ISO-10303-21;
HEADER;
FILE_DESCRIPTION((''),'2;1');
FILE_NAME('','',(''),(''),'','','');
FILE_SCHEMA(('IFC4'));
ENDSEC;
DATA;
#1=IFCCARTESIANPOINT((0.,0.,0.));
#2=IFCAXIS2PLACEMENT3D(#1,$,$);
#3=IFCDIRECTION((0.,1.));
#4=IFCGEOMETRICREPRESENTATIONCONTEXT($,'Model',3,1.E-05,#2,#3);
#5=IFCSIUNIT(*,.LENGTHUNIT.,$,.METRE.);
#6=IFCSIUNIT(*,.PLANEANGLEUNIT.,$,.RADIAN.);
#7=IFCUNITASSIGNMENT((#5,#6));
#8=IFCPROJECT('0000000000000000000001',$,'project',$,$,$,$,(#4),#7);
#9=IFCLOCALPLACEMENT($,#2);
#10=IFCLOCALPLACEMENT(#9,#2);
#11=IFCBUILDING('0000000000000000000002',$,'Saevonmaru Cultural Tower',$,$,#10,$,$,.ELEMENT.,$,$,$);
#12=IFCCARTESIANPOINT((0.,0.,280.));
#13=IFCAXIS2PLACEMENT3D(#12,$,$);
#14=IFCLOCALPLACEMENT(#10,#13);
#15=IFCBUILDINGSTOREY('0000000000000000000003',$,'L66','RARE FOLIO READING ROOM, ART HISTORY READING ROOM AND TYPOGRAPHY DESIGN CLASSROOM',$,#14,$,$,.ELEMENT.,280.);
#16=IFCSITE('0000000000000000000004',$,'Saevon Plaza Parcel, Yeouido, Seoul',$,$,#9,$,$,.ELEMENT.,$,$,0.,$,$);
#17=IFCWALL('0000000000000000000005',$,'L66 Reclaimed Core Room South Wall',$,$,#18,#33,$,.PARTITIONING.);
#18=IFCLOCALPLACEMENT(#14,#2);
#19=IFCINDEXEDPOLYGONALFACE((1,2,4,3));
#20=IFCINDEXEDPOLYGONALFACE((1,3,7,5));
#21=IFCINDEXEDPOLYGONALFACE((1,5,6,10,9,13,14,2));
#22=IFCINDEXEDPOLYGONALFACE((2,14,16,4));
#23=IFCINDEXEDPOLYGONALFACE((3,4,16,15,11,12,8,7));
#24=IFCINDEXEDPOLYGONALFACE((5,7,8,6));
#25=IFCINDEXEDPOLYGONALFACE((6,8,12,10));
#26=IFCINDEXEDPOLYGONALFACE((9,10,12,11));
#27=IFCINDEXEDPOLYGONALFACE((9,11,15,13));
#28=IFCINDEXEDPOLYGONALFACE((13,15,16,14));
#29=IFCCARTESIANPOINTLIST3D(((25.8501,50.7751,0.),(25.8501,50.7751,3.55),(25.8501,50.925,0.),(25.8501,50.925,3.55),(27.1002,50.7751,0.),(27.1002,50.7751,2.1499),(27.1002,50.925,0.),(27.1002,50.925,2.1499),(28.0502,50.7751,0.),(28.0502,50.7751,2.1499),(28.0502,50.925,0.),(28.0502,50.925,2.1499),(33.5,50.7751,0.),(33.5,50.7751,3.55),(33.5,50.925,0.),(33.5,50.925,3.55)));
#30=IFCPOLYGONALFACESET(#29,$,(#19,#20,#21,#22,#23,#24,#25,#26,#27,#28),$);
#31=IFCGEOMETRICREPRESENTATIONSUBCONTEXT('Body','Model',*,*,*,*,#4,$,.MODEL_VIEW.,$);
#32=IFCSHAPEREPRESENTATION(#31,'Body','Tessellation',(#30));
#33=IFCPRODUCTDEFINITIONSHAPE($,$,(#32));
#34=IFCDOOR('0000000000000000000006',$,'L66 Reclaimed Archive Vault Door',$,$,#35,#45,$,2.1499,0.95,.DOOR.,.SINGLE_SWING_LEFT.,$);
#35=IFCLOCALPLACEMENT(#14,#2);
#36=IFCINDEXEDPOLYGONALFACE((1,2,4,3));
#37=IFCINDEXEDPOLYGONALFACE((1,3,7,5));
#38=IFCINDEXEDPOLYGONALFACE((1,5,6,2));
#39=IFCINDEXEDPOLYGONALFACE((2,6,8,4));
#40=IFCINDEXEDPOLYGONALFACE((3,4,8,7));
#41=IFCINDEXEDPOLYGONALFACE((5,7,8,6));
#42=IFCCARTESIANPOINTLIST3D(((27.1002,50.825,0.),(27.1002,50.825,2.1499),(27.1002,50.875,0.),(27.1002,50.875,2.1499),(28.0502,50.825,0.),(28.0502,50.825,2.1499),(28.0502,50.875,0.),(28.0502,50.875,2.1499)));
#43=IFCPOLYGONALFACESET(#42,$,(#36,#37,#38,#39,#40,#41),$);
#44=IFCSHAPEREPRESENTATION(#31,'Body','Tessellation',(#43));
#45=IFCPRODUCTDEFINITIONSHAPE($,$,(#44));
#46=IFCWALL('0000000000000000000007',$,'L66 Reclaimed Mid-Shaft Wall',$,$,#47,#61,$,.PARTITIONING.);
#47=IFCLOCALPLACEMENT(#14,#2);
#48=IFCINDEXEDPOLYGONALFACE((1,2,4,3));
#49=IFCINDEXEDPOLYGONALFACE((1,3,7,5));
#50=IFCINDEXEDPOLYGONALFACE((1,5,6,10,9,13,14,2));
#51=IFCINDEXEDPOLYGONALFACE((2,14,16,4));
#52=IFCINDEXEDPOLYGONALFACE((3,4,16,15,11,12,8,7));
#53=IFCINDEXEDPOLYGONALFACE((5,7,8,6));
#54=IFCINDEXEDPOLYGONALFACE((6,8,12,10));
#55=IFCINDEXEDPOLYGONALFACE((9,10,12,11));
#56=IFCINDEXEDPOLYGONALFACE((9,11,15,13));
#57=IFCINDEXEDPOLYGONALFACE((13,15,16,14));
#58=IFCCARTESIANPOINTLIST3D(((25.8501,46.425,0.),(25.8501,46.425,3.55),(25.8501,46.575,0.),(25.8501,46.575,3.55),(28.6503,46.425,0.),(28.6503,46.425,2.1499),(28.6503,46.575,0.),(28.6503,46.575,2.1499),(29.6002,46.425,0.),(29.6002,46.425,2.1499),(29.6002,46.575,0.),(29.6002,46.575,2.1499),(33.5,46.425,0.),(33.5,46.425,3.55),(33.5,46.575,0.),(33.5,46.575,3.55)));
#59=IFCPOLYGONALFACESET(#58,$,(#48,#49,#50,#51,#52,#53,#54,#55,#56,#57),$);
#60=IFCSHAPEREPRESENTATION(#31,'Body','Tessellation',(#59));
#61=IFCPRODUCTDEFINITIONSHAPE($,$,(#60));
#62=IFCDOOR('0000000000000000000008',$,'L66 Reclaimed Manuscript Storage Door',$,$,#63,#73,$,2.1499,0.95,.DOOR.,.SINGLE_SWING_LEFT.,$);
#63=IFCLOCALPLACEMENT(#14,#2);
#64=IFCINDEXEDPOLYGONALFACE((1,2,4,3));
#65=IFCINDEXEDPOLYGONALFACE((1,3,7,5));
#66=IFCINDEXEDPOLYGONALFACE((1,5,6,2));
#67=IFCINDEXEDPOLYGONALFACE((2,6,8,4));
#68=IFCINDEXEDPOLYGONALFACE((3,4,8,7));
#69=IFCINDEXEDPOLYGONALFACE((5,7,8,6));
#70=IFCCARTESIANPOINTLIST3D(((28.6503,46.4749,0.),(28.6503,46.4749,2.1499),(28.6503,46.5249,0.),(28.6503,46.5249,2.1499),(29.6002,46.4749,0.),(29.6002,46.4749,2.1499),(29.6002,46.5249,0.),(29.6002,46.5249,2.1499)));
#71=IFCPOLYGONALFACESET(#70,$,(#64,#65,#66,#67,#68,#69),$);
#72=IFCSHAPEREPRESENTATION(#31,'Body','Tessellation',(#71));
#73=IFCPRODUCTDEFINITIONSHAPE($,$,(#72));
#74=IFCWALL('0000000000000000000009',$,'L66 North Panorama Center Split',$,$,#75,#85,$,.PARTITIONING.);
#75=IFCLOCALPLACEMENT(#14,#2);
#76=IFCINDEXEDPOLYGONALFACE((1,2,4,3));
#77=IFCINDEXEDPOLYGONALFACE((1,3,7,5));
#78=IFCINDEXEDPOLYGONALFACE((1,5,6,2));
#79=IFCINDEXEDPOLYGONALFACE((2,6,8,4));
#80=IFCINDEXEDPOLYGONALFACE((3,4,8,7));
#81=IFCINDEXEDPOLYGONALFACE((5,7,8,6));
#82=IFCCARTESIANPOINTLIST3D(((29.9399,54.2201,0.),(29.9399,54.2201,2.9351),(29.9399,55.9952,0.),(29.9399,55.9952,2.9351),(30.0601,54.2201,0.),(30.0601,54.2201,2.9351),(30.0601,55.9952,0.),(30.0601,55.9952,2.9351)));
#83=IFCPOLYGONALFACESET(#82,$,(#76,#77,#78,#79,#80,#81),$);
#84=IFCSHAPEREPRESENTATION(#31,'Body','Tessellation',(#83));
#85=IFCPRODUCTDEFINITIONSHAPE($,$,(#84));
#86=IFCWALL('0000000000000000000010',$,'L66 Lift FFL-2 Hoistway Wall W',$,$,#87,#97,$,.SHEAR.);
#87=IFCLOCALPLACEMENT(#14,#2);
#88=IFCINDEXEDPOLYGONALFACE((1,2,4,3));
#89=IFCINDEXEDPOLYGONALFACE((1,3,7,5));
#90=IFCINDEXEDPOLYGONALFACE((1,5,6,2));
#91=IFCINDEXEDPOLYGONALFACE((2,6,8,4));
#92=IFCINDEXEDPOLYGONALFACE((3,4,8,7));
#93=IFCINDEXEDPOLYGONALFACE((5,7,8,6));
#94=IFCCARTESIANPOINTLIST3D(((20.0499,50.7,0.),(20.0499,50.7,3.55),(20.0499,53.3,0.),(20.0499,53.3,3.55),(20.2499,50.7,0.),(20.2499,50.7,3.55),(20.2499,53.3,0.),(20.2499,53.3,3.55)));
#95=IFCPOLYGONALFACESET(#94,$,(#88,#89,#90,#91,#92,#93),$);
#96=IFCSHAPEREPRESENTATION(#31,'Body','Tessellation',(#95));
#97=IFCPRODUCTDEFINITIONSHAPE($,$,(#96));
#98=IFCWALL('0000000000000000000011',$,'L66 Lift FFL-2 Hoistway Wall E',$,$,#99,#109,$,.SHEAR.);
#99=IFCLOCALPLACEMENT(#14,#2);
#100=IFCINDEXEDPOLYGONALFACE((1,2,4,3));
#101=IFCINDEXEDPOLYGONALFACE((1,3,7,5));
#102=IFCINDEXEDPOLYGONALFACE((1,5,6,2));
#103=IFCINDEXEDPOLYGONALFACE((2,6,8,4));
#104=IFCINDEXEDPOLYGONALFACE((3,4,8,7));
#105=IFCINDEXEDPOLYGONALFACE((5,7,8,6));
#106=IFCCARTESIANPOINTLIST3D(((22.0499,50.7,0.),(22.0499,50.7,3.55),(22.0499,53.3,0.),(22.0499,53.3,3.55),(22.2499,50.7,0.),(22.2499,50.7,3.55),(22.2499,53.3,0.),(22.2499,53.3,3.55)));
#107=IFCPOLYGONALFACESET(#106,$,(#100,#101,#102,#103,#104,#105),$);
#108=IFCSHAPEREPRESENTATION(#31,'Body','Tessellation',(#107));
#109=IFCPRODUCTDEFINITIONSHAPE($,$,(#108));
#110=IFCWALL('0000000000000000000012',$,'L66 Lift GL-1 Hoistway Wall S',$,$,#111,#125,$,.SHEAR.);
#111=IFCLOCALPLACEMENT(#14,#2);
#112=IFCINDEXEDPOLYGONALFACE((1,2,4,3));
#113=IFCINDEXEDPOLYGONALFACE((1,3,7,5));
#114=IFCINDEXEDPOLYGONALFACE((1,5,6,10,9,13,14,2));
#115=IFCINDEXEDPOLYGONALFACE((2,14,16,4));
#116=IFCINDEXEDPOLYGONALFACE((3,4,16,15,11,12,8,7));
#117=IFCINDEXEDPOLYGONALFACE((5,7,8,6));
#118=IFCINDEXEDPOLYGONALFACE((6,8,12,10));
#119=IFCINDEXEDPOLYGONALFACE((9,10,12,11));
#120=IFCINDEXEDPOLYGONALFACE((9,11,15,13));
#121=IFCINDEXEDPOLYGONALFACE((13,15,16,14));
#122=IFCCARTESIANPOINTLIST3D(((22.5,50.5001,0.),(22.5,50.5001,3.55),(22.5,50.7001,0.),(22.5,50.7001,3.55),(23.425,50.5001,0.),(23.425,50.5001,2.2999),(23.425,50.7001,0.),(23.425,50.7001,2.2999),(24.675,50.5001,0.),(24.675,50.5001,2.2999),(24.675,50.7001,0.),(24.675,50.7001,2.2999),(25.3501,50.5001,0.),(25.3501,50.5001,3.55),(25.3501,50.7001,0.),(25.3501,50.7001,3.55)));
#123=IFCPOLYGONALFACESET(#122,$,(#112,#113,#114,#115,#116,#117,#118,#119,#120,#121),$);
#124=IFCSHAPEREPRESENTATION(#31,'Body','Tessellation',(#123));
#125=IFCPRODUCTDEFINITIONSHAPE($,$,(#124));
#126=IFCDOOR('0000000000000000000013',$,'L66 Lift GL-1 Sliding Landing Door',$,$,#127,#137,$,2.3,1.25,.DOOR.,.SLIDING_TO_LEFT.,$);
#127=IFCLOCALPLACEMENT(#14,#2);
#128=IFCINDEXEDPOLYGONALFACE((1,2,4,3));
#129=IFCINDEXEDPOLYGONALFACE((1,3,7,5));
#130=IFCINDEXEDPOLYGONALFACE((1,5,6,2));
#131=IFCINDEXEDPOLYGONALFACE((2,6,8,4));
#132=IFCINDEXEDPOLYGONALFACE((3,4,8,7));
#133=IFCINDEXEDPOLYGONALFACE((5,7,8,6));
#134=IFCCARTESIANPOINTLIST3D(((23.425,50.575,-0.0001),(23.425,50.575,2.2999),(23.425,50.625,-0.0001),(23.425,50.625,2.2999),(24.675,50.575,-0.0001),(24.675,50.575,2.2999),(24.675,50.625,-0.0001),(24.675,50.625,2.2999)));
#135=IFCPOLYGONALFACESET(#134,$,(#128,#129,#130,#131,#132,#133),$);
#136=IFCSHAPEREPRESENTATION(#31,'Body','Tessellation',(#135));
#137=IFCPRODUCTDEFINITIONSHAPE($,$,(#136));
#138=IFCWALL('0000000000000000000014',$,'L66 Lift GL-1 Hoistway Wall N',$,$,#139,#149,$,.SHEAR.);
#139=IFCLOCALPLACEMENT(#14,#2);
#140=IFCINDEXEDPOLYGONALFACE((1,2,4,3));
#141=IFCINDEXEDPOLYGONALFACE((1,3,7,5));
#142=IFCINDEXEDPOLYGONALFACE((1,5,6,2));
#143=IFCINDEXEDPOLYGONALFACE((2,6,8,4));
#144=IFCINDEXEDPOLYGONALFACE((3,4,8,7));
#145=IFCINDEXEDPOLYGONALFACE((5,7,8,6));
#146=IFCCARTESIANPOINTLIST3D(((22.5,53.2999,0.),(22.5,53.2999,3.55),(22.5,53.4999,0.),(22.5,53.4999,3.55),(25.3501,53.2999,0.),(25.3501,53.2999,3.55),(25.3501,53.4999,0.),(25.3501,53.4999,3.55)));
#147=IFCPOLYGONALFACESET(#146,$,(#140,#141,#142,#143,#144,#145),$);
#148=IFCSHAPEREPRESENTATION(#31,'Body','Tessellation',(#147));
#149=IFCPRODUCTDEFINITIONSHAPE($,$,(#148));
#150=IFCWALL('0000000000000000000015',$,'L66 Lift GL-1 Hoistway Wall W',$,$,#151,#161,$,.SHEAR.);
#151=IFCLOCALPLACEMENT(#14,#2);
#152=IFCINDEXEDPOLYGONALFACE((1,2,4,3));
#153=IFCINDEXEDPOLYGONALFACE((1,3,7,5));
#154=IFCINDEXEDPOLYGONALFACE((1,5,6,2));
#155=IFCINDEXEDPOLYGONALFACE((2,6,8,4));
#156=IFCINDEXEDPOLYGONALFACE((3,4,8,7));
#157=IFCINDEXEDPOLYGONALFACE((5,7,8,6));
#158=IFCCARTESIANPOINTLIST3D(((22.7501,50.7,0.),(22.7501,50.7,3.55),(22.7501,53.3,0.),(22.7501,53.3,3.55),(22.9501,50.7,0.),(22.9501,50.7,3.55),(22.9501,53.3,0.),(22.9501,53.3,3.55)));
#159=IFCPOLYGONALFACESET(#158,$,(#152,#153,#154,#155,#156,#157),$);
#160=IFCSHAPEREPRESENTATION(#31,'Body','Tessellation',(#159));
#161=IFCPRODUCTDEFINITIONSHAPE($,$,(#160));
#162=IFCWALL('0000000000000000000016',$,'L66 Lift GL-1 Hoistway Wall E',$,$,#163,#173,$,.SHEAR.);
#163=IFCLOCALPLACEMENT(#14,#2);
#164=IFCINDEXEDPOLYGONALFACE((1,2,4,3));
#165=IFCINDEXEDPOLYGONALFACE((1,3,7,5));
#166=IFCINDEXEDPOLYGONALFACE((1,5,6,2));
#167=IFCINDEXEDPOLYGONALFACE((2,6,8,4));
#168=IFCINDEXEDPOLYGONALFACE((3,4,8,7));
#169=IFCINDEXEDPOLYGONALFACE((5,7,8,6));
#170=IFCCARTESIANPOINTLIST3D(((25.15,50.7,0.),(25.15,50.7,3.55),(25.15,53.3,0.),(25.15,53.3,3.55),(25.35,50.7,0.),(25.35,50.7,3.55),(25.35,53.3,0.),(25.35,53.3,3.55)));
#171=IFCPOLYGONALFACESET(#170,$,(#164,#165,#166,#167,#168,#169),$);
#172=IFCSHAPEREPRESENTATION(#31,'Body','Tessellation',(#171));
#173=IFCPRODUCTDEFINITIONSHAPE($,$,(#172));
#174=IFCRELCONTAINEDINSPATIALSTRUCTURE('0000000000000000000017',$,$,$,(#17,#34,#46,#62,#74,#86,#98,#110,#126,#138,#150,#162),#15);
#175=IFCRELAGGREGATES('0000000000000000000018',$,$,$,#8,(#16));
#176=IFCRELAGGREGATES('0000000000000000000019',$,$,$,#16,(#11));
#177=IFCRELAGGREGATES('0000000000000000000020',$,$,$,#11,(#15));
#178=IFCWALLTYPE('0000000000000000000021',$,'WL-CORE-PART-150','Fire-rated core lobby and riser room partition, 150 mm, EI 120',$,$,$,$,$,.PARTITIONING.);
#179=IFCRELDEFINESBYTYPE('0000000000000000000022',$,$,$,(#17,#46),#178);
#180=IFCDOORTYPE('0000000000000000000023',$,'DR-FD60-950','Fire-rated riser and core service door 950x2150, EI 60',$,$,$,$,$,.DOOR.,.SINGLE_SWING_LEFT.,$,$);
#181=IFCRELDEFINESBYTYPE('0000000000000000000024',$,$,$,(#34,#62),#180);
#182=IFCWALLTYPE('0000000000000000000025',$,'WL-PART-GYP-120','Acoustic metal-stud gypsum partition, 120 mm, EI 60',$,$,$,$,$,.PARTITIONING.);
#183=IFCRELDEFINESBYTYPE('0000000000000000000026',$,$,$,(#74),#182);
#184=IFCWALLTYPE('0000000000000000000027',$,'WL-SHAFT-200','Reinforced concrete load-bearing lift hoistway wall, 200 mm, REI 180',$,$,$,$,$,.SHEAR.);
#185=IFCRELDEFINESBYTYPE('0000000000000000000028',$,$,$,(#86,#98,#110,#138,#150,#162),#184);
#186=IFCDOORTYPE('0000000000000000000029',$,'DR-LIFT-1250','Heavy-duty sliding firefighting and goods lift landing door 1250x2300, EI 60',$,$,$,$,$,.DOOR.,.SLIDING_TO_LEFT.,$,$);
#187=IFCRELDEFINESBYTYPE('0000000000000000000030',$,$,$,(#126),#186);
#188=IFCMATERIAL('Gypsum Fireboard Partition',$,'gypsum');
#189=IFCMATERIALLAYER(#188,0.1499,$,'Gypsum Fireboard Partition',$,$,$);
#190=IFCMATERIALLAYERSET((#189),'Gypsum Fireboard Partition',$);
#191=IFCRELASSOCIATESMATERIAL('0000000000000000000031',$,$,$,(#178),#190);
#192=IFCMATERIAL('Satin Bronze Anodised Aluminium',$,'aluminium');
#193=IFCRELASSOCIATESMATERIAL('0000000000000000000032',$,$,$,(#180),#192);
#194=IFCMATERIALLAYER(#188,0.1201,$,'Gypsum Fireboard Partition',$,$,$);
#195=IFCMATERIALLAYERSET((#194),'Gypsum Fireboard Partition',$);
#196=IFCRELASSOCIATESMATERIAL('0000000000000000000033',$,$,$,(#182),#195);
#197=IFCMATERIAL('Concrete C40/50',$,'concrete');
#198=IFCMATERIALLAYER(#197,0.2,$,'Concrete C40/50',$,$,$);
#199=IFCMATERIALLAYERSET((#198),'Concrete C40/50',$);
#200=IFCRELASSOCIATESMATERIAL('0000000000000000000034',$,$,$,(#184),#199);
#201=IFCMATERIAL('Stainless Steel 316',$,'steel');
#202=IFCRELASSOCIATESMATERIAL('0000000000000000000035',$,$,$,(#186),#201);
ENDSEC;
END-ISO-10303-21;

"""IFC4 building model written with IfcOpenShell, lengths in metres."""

from ifc_helpers import new_model, si_unit, direction, frame, frame_2d, origin, place, context, subcontext, project, spatial, rectangle, extrude, material, layer, layer_set, type_object, element, fill, save


model = new_model("IFC4")

# Units and contexts
model_context = context("Model", 3, precision=1e-05, world=origin(), true_north=direction((0.0, 1.0)))
body_context = subcontext(model_context, "Body", "Model", "MODEL_VIEW")
ifc_project = project(units=[si_unit("LENGTHUNIT", "METRE"), si_unit("PLANEANGLEUNIT", "RADIAN")], contexts=[model_context])

# Site, building, storey
site_placement = place(None, origin())
site = spatial("IfcSite", under=ifc_project, at=site_placement, Name="Saevon Plaza Parcel, Yeouido, Seoul", CompositionType="ELEMENT", RefElevation=0.0)
building_placement = place(site_placement, origin())
building = spatial("IfcBuilding", under=site, at=building_placement, Name="Saevonmaru Cultural Tower", CompositionType="ELEMENT")
storey_placement = place(building_placement, frame((0.0, 0.0, 280.0)))
storey = spatial("IfcBuildingStorey", under=building, at=storey_placement, Name="L66", Description="RARE FOLIO READING ROOM, ART HISTORY READING ROOM AND TYPOGRAPHY DESIGN CLASSROOM", CompositionType="ELEMENT", Elevation=280.0)

# Shared definitions
ifc_material_1 = material(Name="Satin Bronze Anodised Aluminium", Category="aluminium")

# Walls, openings, doors
ifc_material_2 = material(Name="Gypsum Fireboard Partition", Category="gypsum")
ifc_layer_1 = layer(ifc_material_2, 0.1499, Name="Gypsum Fireboard Partition")
ifc_layer_set_1 = layer_set([ifc_layer_1], Name="Gypsum Fireboard Partition")
wall_type_1 = type_object("IfcWallType", Name="WL-CORE-PART-150", Description="Fire-rated core lobby and riser room partition, 150 mm, EI 120", PredefinedType="PARTITIONING", material=ifc_layer_set_1)
wall_1_placement = place(storey_placement, frame((25.8501, 50.8501, 0.0), z_axis=(0.0, 0.0, 1.0), x_axis=(1.0, 0.0, 0.0)))
wall_1 = element("IfcWall", 1, at=wall_1_placement, inside=storey, type_object=wall_type_1, Name="L66 Reclaimed Core Room South Wall", PredefinedType="PARTITIONING", context=body_context, shape_type="SweptSolid", body=[
    extrude(rectangle(XDim=7.6499, YDim=0.1499, at=frame_2d((3.825, 0.0))), origin(), (0.0, 0.0, 1.0), 3.55),
])
opening_1_placement = place(wall_1_placement, frame((1.25, 0.0, 0.0)))
opening_1 = element("IfcOpeningElement", 2, at=opening_1_placement, cuts=wall_1, PredefinedType="OPENING", context=body_context, shape_type="SweptSolid", body=[
    extrude(rectangle(XDim=0.95, YDim=2.1499, at=frame_2d((0.4751, 1.075))), frame((0.0, 0.085, 0.0), z_axis=(0.0, -1.0, 0.0), x_axis=(1.0, 0.0, 0.0)), (0.0, 0.0, 1.0), 0.1699),
])
door_type_1 = type_object("IfcDoorType", Name="DR-FD60-950", Description="Fire-rated riser and core service door 950x2150, EI 60", OperationType="SINGLE_SWING_LEFT", PredefinedType="DOOR", material=ifc_material_1)
door_1_placement = place(opening_1_placement, origin())
door_1 = element("IfcDoor", 3, at=door_1_placement, inside=storey, type_object=door_type_1, Name="L66 Reclaimed Archive Vault Door", OperationType="SINGLE_SWING_LEFT", OverallHeight=2.1499, OverallWidth=0.95, PredefinedType="DOOR", context=body_context, shape_type="SweptSolid", body=[
    extrude(rectangle(XDim=0.95, YDim=2.1499, at=frame_2d((0.4751, 1.075))), frame((0.0, 0.0249, 0.0), z_axis=(0.0, -1.0, 0.0), x_axis=(1.0, 0.0, 0.0)), (0.0, 0.0, 1.0), 0.05),
])
fill(opening_1, door_1)
wall_2_placement = place(storey_placement, frame((25.8501, 46.5, 0.0), z_axis=(0.0, 0.0, 1.0), x_axis=(1.0, 0.0, 0.0)))
wall_2 = element("IfcWall", 4, at=wall_2_placement, inside=storey, type_object=wall_type_1, Name="L66 Reclaimed Mid-Shaft Wall", PredefinedType="PARTITIONING", context=body_context, shape_type="SweptSolid", body=[
    extrude(rectangle(XDim=7.6499, YDim=0.1499, at=frame_2d((3.825, 0.0))), origin(), (0.0, 0.0, 1.0), 3.55),
])
opening_2_placement = place(wall_2_placement, frame((2.8, 0.0, 0.0)))
opening_2 = element("IfcOpeningElement", 5, at=opening_2_placement, cuts=wall_2, PredefinedType="OPENING", context=body_context, shape_type="SweptSolid", body=[
    extrude(rectangle(XDim=0.95, YDim=2.1499, at=frame_2d((0.4751, 1.075))), frame((0.0, 0.085, 0.0), z_axis=(0.0, -1.0, 0.0), x_axis=(1.0, 0.0, 0.0)), (0.0, 0.0, 1.0), 0.1699),
])
door_2_placement = place(opening_2_placement, origin())
door_2 = element("IfcDoor", 6, at=door_2_placement, inside=storey, type_object=door_type_1, Name="L66 Reclaimed Manuscript Storage Door", OperationType="SINGLE_SWING_LEFT", OverallHeight=2.1499, OverallWidth=0.95, PredefinedType="DOOR", context=body_context, shape_type="SweptSolid", body=[
    extrude(rectangle(XDim=0.95, YDim=2.1499, at=frame_2d((0.4751, 1.075))), frame((0.0, 0.0249, 0.0), z_axis=(0.0, -1.0, 0.0), x_axis=(1.0, 0.0, 0.0)), (0.0, 0.0, 1.0), 0.05),
])
fill(opening_2, door_2)

# Walls
ifc_layer_2 = layer(ifc_material_2, 0.1201, Name="Gypsum Fireboard Partition")
ifc_layer_set_2 = layer_set([ifc_layer_2], Name="Gypsum Fireboard Partition")
wall_type_2 = type_object("IfcWallType", Name="WL-PART-GYP-120", Description="Acoustic metal-stud gypsum partition, 120 mm, EI 60", PredefinedType="PARTITIONING", material=ifc_layer_set_2)
wall_3_placement = place(storey_placement, frame((30.0, 54.22, 0.0), z_axis=(0.0, 0.0, 1.0), x_axis=(0.0, 1.0, 0.0)))
element("IfcWall", 7, at=wall_3_placement, inside=storey, type_object=wall_type_2, Name="L66 North Panorama Center Split", PredefinedType="PARTITIONING", context=body_context, shape_type="SweptSolid", body=[
    extrude(rectangle(XDim=1.7751, YDim=0.1201, at=frame_2d((0.8877, 0.0))), origin(), (0.0, 0.0, 1.0), 2.9351),
])
ifc_material_3 = material(Name="Concrete C40/50", Category="concrete")
ifc_layer_3 = layer(ifc_material_3, 0.2, Name="Concrete C40/50")
ifc_layer_set_3 = layer_set([ifc_layer_3], Name="Concrete C40/50")
wall_type_3 = type_object("IfcWallType", Name="WL-SHAFT-200", Description="Reinforced concrete load-bearing lift hoistway wall, 200 mm, REI 180", PredefinedType="SHEAR", material=ifc_layer_set_3)
for number, where, z_axis, x_axis, name in (
    (8, (20.1499, 50.7, 0.0), (0.0, 0.0, 1.0), (0.0, 1.0, 0.0), "L66 Lift FFL-2 Hoistway Wall W"),
    (9, (22.1499, 50.7, 0.0), (0.0, 0.0, 1.0), (0.0, 1.0, 0.0), "L66 Lift FFL-2 Hoistway Wall E"),
):
    element("IfcWall", number, at=place(storey_placement, frame(where, z_axis=z_axis, x_axis=x_axis)), inside=storey, type_object=wall_type_3, Name=name, PredefinedType="SHEAR", context=body_context, shape_type="SweptSolid", body=[
        extrude(rectangle(XDim=2.6001, YDim=0.2, at=frame_2d((1.3, 0.0))), origin(), (0.0, 0.0, 1.0), 3.55),
    ])

# Wall, opening, door
wall_4_placement = place(storey_placement, frame((22.5, 50.6001, 0.0), z_axis=(0.0, 0.0, 1.0), x_axis=(1.0, 0.0, 0.0)))
wall_4 = element("IfcWall", 10, at=wall_4_placement, inside=storey, type_object=wall_type_3, Name="L66 Lift GL-1 Hoistway Wall S", PredefinedType="SHEAR", context=body_context, shape_type="SweptSolid", body=[
    extrude(rectangle(XDim=2.8501, YDim=0.2, at=frame_2d((1.425, 0.0))), origin(), (0.0, 0.0, 1.0), 3.55),
])
opening_3_placement = place(wall_4_placement, frame((0.925, 0.0, 0.0)))
opening_3 = element("IfcOpeningElement", 11, at=opening_3_placement, cuts=wall_4, PredefinedType="OPENING", context=body_context, shape_type="SweptSolid", body=[
    extrude(rectangle(XDim=1.25, YDim=2.3, at=frame_2d((0.625, 1.1499))), frame((0.0, 0.1099, 0.0), z_axis=(0.0, -1.0, 0.0), x_axis=(1.0, 0.0, 0.0)), (0.0, 0.0, 1.0), 0.22),
])
ifc_material_4 = material(Name="Stainless Steel 316", Category="steel")
door_type_2 = type_object("IfcDoorType", Name="DR-LIFT-1250", Description="Heavy-duty sliding firefighting and goods lift landing door 1250x2300, EI 60", OperationType="SLIDING_TO_LEFT", PredefinedType="DOOR", material=ifc_material_4)
door_3_placement = place(opening_3_placement, origin())
door_3 = element("IfcDoor", 12, at=door_3_placement, inside=storey, type_object=door_type_2, Name="L66 Lift GL-1 Sliding Landing Door", OperationType="SLIDING_TO_LEFT", OverallHeight=2.3, OverallWidth=1.25, PredefinedType="DOOR", context=body_context, shape_type="SweptSolid", body=[
    extrude(rectangle(XDim=1.25, YDim=2.3, at=frame_2d((0.625, 1.1499))), frame((0.0, 0.0249, 0.0), z_axis=(0.0, -1.0, 0.0), x_axis=(1.0, 0.0, 0.0)), (0.0, 0.0, 1.0), 0.05),
])
fill(opening_3, door_3)

# Walls
wall_5_placement = place(storey_placement, frame((22.5, 53.3999, 0.0), z_axis=(0.0, 0.0, 1.0), x_axis=(1.0, 0.0, 0.0)))
element("IfcWall", 13, at=wall_5_placement, inside=storey, type_object=wall_type_3, Name="L66 Lift GL-1 Hoistway Wall N", PredefinedType="SHEAR", context=body_context, shape_type="SweptSolid", body=[
    extrude(rectangle(XDim=2.8501, YDim=0.2, at=frame_2d((1.425, 0.0))), origin(), (0.0, 0.0, 1.0), 3.55),
])
for number, where, z_axis, x_axis, name in (
    (14, (22.8501, 50.7, 0.0), (0.0, 0.0, 1.0), (0.0, 1.0, 0.0), "L66 Lift GL-1 Hoistway Wall W"),
    (15, (25.25, 50.7, 0.0), (0.0, 0.0, 1.0), (0.0, 1.0, 0.0), "L66 Lift GL-1 Hoistway Wall E"),
):
    element("IfcWall", number, at=place(storey_placement, frame(where, z_axis=z_axis, x_axis=x_axis)), inside=storey, type_object=wall_type_3, Name=name, PredefinedType="SHEAR", context=body_context, shape_type="SweptSolid", body=[
        extrude(rectangle(XDim=2.6001, YDim=0.2, at=frame_2d((1.3, 0.0))), origin(), (0.0, 0.0, 1.0), 3.55),
    ])

save(model, "model.ifc")
